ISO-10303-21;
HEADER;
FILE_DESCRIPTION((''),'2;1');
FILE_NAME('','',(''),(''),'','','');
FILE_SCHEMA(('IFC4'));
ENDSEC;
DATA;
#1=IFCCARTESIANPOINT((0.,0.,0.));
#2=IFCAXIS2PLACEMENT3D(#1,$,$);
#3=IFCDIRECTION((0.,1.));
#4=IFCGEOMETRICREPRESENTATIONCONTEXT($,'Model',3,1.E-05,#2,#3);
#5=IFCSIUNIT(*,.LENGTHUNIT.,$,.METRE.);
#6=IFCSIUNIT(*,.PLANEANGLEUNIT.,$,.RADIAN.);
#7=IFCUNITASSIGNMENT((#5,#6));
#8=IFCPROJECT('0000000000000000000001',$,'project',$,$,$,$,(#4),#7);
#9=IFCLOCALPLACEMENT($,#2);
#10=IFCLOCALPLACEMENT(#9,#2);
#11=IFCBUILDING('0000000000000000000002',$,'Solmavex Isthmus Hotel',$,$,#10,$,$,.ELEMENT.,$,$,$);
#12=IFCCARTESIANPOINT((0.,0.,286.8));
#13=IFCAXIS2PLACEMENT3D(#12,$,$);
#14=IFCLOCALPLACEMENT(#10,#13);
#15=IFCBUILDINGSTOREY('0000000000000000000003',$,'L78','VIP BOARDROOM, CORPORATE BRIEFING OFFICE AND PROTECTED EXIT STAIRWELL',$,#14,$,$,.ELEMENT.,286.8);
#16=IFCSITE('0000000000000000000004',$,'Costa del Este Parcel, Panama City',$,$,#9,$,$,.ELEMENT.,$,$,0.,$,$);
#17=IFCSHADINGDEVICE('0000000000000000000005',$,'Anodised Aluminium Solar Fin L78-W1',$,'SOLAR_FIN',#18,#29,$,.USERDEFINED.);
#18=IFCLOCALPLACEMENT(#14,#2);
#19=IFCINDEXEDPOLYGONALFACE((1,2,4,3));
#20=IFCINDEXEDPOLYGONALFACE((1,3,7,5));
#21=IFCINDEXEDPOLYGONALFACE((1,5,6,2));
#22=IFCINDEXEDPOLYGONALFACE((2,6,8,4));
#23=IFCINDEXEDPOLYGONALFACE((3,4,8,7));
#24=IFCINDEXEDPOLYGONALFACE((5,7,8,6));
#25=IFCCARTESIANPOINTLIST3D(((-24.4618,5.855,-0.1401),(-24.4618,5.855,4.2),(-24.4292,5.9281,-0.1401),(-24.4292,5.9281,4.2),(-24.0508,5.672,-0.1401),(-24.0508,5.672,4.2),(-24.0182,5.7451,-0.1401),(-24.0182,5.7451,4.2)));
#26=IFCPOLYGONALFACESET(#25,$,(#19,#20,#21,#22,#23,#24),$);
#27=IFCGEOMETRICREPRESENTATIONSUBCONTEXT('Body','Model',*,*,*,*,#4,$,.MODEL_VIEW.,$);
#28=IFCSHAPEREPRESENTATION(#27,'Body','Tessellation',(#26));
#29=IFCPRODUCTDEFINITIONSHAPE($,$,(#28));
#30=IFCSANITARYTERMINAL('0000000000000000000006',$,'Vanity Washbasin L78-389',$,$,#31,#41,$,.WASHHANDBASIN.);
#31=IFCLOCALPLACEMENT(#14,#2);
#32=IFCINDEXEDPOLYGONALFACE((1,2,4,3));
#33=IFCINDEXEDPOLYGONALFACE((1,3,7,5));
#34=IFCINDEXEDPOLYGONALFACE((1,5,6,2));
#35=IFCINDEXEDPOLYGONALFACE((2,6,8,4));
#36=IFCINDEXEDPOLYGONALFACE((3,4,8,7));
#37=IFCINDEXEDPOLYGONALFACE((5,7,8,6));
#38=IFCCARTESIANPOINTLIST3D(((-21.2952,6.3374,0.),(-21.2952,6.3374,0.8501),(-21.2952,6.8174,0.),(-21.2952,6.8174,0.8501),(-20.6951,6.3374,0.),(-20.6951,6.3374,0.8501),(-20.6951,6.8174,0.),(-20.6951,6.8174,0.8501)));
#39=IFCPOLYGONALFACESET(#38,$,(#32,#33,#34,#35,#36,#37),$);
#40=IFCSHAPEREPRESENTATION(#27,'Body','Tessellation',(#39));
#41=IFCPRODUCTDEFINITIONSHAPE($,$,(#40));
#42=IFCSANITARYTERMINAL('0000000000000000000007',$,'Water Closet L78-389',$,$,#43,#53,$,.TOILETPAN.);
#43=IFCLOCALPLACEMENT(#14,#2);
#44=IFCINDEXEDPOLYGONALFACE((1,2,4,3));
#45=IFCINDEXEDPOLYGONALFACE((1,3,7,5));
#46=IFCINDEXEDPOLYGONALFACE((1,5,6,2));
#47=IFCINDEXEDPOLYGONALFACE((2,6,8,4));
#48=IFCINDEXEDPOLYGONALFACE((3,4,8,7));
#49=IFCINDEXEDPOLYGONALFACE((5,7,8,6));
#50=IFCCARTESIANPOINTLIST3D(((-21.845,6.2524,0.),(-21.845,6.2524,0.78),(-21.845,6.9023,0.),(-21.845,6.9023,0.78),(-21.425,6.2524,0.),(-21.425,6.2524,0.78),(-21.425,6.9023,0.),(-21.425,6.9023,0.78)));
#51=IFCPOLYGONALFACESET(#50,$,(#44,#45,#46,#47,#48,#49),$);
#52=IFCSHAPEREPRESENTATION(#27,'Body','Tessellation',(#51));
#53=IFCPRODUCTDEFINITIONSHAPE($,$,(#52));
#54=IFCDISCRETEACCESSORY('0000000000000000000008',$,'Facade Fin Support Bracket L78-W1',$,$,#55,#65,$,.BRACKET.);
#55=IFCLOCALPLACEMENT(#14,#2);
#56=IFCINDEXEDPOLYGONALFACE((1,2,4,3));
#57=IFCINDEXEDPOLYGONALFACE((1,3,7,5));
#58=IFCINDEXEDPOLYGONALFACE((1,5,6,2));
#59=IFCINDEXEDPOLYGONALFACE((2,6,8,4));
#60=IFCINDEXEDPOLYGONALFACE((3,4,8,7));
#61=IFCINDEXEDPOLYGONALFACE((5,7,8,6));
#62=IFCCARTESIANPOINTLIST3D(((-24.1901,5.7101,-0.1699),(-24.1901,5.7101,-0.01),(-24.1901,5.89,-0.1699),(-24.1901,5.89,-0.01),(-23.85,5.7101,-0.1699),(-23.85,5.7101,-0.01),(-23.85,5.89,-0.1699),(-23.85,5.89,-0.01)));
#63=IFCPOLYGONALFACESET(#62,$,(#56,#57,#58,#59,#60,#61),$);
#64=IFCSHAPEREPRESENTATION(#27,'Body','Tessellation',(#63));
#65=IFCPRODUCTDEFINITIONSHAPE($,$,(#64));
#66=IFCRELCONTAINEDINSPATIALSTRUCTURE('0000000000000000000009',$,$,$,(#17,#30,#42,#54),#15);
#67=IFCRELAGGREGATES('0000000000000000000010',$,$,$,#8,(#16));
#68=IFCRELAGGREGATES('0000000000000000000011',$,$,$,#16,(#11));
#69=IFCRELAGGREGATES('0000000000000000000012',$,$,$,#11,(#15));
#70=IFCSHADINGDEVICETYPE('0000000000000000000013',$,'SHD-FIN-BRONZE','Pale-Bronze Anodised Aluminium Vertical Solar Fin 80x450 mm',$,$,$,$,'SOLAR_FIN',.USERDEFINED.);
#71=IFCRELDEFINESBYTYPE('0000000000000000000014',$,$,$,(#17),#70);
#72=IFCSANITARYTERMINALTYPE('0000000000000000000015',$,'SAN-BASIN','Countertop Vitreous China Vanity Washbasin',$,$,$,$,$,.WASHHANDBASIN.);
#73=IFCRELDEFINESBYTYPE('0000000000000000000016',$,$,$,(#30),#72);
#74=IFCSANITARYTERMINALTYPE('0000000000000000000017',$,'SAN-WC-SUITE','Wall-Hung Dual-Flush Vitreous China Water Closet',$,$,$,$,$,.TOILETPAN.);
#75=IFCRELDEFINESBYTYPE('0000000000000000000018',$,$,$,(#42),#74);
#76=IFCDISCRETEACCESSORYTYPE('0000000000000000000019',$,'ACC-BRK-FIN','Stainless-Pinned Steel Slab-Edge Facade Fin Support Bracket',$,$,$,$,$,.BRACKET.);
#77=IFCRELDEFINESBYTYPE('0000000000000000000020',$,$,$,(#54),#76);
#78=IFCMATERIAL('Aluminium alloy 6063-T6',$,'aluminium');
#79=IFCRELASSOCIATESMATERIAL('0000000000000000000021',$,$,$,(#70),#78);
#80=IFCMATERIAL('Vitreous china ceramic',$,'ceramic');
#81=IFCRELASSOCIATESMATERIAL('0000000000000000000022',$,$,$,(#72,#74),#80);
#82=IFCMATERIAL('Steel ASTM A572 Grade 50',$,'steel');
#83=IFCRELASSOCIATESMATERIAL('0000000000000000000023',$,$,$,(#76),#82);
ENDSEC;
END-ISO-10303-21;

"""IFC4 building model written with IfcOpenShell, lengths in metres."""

from ifc_helpers import new_model, si_unit, direction, frame, origin, origin_2d, place, context, subcontext, project, spatial, rectangle, extrude, material, type_object, element, save


model = new_model("IFC4")

# Units and contexts
model_context = context("Model", 3, precision=1e-05, world=origin(), true_north=direction((0.0, 1.0)))
body_context = subcontext(model_context, "Body", "Model", "MODEL_VIEW")
ifc_project = project(units=[si_unit("LENGTHUNIT", "METRE"), si_unit("PLANEANGLEUNIT", "RADIAN")], contexts=[model_context])

# Site, building, storey
site_placement = place(None, origin())
site = spatial("IfcSite", under=ifc_project, at=site_placement, Name="Costa del Este Parcel, Panama City", CompositionType="ELEMENT", RefElevation=0.0)
building_placement = place(site_placement, origin())
building = spatial("IfcBuilding", under=site, at=building_placement, Name="Solmavex Isthmus Hotel", CompositionType="ELEMENT")
storey_placement = place(building_placement, frame((0.0, 0.0, 286.8)))
storey = spatial("IfcBuildingStorey", under=building, at=storey_placement, Name="L78", Description="VIP BOARDROOM, CORPORATE BRIEFING OFFICE AND PROTECTED EXIT STAIRWELL", CompositionType="ELEMENT", Elevation=286.8)

# Shared definitions
ifc_material_1 = material(Name="Aluminium alloy 6063-T6", Category="aluminium")

# Shading device
shading_device_type = type_object("IfcShadingDeviceType", Name="SHD-FIN-BRONZE", Description="Pale-Bronze Anodised Aluminium Vertical Solar Fin 80x450 mm", ElementType="SOLAR_FIN", PredefinedType="USERDEFINED", material=ifc_material_1)
shading_device_placement = place(storey_placement, frame((-24.24, 5.8, -0.1401), z_axis=(0.0, 0.0, 1.0), x_axis=(-0.913545, 0.406737, 0.0)))
element("IfcShadingDevice", 1, at=shading_device_placement, inside=storey, type_object=shading_device_type, Name="Anodised Aluminium Solar Fin L78-W1", ObjectType="SOLAR_FIN", PredefinedType="USERDEFINED", context=body_context, shape_type="SweptSolid", body=[
    extrude(rectangle(XDim=0.45, YDim=0.0801, at=origin_2d()), origin(), (0.0, 0.0, 1.0), 4.3401),
])

# Sanitary terminals
ifc_material_2 = material(Name="Vitreous china ceramic", Category="ceramic")
sanitary_terminal_type_1 = type_object("IfcSanitaryTerminalType", Name="SAN-BASIN", Description="Countertop Vitreous China Vanity Washbasin", PredefinedType="WASHHANDBASIN", material=ifc_material_2)
sanitary_terminal_1_placement = place(storey_placement, frame((-20.9951, 6.5774, 0.0), z_axis=(0.0, 0.0, 1.0), x_axis=(1.0, 0.0, 0.0)))
element("IfcSanitaryTerminal", 2, at=sanitary_terminal_1_placement, inside=storey, type_object=sanitary_terminal_type_1, Name="Vanity Washbasin L78-389", PredefinedType="WASHHANDBASIN", context=body_context, shape_type="SweptSolid", body=[
    extrude(rectangle(XDim=0.6001, YDim=0.48, at=origin_2d()), origin(), (0.0, 0.0, 1.0), 0.8501),
])
sanitary_terminal_type_2 = type_object("IfcSanitaryTerminalType", Name="SAN-WC-SUITE", Description="Wall-Hung Dual-Flush Vitreous China Water Closet", PredefinedType="TOILETPAN", material=ifc_material_2)
sanitary_terminal_2_placement = place(storey_placement, frame((-21.635, 6.5774, 0.0), z_axis=(0.0, 0.0, 1.0), x_axis=(1.0, 0.0, 0.0)))
element("IfcSanitaryTerminal", 3, at=sanitary_terminal_2_placement, inside=storey, type_object=sanitary_terminal_type_2, Name="Water Closet L78-389", PredefinedType="TOILETPAN", context=body_context, shape_type="SweptSolid", body=[
    extrude(rectangle(XDim=0.4199, YDim=0.6499, at=origin_2d()), origin(), (0.0, 0.0, 1.0), 0.78),
])

# Discrete accessory
ifc_material_3 = material(Name="Steel ASTM A572 Grade 50", Category="steel")
discrete_accessory_type = type_object("IfcDiscreteAccessoryType", Name="ACC-BRK-FIN", Description="Stainless-Pinned Steel Slab-Edge Facade Fin Support Bracket", PredefinedType="BRACKET", material=ifc_material_3)
discrete_accessory_placement = place(storey_placement, frame((-24.02, 5.8, -0.1699), z_axis=(0.0, 0.0, 1.0), x_axis=(-1.0, 0.0, 0.0)))
element("IfcDiscreteAccessory", 4, at=discrete_accessory_placement, inside=storey, type_object=discrete_accessory_type, Name="Facade Fin Support Bracket L78-W1", PredefinedType="BRACKET", context=body_context, shape_type="SweptSolid", body=[
    extrude(rectangle(XDim=0.3401, YDim=0.1799, at=origin_2d()), origin(), (0.0, 0.0, 1.0), 0.1599),
])

save(model, "model.ifc")
